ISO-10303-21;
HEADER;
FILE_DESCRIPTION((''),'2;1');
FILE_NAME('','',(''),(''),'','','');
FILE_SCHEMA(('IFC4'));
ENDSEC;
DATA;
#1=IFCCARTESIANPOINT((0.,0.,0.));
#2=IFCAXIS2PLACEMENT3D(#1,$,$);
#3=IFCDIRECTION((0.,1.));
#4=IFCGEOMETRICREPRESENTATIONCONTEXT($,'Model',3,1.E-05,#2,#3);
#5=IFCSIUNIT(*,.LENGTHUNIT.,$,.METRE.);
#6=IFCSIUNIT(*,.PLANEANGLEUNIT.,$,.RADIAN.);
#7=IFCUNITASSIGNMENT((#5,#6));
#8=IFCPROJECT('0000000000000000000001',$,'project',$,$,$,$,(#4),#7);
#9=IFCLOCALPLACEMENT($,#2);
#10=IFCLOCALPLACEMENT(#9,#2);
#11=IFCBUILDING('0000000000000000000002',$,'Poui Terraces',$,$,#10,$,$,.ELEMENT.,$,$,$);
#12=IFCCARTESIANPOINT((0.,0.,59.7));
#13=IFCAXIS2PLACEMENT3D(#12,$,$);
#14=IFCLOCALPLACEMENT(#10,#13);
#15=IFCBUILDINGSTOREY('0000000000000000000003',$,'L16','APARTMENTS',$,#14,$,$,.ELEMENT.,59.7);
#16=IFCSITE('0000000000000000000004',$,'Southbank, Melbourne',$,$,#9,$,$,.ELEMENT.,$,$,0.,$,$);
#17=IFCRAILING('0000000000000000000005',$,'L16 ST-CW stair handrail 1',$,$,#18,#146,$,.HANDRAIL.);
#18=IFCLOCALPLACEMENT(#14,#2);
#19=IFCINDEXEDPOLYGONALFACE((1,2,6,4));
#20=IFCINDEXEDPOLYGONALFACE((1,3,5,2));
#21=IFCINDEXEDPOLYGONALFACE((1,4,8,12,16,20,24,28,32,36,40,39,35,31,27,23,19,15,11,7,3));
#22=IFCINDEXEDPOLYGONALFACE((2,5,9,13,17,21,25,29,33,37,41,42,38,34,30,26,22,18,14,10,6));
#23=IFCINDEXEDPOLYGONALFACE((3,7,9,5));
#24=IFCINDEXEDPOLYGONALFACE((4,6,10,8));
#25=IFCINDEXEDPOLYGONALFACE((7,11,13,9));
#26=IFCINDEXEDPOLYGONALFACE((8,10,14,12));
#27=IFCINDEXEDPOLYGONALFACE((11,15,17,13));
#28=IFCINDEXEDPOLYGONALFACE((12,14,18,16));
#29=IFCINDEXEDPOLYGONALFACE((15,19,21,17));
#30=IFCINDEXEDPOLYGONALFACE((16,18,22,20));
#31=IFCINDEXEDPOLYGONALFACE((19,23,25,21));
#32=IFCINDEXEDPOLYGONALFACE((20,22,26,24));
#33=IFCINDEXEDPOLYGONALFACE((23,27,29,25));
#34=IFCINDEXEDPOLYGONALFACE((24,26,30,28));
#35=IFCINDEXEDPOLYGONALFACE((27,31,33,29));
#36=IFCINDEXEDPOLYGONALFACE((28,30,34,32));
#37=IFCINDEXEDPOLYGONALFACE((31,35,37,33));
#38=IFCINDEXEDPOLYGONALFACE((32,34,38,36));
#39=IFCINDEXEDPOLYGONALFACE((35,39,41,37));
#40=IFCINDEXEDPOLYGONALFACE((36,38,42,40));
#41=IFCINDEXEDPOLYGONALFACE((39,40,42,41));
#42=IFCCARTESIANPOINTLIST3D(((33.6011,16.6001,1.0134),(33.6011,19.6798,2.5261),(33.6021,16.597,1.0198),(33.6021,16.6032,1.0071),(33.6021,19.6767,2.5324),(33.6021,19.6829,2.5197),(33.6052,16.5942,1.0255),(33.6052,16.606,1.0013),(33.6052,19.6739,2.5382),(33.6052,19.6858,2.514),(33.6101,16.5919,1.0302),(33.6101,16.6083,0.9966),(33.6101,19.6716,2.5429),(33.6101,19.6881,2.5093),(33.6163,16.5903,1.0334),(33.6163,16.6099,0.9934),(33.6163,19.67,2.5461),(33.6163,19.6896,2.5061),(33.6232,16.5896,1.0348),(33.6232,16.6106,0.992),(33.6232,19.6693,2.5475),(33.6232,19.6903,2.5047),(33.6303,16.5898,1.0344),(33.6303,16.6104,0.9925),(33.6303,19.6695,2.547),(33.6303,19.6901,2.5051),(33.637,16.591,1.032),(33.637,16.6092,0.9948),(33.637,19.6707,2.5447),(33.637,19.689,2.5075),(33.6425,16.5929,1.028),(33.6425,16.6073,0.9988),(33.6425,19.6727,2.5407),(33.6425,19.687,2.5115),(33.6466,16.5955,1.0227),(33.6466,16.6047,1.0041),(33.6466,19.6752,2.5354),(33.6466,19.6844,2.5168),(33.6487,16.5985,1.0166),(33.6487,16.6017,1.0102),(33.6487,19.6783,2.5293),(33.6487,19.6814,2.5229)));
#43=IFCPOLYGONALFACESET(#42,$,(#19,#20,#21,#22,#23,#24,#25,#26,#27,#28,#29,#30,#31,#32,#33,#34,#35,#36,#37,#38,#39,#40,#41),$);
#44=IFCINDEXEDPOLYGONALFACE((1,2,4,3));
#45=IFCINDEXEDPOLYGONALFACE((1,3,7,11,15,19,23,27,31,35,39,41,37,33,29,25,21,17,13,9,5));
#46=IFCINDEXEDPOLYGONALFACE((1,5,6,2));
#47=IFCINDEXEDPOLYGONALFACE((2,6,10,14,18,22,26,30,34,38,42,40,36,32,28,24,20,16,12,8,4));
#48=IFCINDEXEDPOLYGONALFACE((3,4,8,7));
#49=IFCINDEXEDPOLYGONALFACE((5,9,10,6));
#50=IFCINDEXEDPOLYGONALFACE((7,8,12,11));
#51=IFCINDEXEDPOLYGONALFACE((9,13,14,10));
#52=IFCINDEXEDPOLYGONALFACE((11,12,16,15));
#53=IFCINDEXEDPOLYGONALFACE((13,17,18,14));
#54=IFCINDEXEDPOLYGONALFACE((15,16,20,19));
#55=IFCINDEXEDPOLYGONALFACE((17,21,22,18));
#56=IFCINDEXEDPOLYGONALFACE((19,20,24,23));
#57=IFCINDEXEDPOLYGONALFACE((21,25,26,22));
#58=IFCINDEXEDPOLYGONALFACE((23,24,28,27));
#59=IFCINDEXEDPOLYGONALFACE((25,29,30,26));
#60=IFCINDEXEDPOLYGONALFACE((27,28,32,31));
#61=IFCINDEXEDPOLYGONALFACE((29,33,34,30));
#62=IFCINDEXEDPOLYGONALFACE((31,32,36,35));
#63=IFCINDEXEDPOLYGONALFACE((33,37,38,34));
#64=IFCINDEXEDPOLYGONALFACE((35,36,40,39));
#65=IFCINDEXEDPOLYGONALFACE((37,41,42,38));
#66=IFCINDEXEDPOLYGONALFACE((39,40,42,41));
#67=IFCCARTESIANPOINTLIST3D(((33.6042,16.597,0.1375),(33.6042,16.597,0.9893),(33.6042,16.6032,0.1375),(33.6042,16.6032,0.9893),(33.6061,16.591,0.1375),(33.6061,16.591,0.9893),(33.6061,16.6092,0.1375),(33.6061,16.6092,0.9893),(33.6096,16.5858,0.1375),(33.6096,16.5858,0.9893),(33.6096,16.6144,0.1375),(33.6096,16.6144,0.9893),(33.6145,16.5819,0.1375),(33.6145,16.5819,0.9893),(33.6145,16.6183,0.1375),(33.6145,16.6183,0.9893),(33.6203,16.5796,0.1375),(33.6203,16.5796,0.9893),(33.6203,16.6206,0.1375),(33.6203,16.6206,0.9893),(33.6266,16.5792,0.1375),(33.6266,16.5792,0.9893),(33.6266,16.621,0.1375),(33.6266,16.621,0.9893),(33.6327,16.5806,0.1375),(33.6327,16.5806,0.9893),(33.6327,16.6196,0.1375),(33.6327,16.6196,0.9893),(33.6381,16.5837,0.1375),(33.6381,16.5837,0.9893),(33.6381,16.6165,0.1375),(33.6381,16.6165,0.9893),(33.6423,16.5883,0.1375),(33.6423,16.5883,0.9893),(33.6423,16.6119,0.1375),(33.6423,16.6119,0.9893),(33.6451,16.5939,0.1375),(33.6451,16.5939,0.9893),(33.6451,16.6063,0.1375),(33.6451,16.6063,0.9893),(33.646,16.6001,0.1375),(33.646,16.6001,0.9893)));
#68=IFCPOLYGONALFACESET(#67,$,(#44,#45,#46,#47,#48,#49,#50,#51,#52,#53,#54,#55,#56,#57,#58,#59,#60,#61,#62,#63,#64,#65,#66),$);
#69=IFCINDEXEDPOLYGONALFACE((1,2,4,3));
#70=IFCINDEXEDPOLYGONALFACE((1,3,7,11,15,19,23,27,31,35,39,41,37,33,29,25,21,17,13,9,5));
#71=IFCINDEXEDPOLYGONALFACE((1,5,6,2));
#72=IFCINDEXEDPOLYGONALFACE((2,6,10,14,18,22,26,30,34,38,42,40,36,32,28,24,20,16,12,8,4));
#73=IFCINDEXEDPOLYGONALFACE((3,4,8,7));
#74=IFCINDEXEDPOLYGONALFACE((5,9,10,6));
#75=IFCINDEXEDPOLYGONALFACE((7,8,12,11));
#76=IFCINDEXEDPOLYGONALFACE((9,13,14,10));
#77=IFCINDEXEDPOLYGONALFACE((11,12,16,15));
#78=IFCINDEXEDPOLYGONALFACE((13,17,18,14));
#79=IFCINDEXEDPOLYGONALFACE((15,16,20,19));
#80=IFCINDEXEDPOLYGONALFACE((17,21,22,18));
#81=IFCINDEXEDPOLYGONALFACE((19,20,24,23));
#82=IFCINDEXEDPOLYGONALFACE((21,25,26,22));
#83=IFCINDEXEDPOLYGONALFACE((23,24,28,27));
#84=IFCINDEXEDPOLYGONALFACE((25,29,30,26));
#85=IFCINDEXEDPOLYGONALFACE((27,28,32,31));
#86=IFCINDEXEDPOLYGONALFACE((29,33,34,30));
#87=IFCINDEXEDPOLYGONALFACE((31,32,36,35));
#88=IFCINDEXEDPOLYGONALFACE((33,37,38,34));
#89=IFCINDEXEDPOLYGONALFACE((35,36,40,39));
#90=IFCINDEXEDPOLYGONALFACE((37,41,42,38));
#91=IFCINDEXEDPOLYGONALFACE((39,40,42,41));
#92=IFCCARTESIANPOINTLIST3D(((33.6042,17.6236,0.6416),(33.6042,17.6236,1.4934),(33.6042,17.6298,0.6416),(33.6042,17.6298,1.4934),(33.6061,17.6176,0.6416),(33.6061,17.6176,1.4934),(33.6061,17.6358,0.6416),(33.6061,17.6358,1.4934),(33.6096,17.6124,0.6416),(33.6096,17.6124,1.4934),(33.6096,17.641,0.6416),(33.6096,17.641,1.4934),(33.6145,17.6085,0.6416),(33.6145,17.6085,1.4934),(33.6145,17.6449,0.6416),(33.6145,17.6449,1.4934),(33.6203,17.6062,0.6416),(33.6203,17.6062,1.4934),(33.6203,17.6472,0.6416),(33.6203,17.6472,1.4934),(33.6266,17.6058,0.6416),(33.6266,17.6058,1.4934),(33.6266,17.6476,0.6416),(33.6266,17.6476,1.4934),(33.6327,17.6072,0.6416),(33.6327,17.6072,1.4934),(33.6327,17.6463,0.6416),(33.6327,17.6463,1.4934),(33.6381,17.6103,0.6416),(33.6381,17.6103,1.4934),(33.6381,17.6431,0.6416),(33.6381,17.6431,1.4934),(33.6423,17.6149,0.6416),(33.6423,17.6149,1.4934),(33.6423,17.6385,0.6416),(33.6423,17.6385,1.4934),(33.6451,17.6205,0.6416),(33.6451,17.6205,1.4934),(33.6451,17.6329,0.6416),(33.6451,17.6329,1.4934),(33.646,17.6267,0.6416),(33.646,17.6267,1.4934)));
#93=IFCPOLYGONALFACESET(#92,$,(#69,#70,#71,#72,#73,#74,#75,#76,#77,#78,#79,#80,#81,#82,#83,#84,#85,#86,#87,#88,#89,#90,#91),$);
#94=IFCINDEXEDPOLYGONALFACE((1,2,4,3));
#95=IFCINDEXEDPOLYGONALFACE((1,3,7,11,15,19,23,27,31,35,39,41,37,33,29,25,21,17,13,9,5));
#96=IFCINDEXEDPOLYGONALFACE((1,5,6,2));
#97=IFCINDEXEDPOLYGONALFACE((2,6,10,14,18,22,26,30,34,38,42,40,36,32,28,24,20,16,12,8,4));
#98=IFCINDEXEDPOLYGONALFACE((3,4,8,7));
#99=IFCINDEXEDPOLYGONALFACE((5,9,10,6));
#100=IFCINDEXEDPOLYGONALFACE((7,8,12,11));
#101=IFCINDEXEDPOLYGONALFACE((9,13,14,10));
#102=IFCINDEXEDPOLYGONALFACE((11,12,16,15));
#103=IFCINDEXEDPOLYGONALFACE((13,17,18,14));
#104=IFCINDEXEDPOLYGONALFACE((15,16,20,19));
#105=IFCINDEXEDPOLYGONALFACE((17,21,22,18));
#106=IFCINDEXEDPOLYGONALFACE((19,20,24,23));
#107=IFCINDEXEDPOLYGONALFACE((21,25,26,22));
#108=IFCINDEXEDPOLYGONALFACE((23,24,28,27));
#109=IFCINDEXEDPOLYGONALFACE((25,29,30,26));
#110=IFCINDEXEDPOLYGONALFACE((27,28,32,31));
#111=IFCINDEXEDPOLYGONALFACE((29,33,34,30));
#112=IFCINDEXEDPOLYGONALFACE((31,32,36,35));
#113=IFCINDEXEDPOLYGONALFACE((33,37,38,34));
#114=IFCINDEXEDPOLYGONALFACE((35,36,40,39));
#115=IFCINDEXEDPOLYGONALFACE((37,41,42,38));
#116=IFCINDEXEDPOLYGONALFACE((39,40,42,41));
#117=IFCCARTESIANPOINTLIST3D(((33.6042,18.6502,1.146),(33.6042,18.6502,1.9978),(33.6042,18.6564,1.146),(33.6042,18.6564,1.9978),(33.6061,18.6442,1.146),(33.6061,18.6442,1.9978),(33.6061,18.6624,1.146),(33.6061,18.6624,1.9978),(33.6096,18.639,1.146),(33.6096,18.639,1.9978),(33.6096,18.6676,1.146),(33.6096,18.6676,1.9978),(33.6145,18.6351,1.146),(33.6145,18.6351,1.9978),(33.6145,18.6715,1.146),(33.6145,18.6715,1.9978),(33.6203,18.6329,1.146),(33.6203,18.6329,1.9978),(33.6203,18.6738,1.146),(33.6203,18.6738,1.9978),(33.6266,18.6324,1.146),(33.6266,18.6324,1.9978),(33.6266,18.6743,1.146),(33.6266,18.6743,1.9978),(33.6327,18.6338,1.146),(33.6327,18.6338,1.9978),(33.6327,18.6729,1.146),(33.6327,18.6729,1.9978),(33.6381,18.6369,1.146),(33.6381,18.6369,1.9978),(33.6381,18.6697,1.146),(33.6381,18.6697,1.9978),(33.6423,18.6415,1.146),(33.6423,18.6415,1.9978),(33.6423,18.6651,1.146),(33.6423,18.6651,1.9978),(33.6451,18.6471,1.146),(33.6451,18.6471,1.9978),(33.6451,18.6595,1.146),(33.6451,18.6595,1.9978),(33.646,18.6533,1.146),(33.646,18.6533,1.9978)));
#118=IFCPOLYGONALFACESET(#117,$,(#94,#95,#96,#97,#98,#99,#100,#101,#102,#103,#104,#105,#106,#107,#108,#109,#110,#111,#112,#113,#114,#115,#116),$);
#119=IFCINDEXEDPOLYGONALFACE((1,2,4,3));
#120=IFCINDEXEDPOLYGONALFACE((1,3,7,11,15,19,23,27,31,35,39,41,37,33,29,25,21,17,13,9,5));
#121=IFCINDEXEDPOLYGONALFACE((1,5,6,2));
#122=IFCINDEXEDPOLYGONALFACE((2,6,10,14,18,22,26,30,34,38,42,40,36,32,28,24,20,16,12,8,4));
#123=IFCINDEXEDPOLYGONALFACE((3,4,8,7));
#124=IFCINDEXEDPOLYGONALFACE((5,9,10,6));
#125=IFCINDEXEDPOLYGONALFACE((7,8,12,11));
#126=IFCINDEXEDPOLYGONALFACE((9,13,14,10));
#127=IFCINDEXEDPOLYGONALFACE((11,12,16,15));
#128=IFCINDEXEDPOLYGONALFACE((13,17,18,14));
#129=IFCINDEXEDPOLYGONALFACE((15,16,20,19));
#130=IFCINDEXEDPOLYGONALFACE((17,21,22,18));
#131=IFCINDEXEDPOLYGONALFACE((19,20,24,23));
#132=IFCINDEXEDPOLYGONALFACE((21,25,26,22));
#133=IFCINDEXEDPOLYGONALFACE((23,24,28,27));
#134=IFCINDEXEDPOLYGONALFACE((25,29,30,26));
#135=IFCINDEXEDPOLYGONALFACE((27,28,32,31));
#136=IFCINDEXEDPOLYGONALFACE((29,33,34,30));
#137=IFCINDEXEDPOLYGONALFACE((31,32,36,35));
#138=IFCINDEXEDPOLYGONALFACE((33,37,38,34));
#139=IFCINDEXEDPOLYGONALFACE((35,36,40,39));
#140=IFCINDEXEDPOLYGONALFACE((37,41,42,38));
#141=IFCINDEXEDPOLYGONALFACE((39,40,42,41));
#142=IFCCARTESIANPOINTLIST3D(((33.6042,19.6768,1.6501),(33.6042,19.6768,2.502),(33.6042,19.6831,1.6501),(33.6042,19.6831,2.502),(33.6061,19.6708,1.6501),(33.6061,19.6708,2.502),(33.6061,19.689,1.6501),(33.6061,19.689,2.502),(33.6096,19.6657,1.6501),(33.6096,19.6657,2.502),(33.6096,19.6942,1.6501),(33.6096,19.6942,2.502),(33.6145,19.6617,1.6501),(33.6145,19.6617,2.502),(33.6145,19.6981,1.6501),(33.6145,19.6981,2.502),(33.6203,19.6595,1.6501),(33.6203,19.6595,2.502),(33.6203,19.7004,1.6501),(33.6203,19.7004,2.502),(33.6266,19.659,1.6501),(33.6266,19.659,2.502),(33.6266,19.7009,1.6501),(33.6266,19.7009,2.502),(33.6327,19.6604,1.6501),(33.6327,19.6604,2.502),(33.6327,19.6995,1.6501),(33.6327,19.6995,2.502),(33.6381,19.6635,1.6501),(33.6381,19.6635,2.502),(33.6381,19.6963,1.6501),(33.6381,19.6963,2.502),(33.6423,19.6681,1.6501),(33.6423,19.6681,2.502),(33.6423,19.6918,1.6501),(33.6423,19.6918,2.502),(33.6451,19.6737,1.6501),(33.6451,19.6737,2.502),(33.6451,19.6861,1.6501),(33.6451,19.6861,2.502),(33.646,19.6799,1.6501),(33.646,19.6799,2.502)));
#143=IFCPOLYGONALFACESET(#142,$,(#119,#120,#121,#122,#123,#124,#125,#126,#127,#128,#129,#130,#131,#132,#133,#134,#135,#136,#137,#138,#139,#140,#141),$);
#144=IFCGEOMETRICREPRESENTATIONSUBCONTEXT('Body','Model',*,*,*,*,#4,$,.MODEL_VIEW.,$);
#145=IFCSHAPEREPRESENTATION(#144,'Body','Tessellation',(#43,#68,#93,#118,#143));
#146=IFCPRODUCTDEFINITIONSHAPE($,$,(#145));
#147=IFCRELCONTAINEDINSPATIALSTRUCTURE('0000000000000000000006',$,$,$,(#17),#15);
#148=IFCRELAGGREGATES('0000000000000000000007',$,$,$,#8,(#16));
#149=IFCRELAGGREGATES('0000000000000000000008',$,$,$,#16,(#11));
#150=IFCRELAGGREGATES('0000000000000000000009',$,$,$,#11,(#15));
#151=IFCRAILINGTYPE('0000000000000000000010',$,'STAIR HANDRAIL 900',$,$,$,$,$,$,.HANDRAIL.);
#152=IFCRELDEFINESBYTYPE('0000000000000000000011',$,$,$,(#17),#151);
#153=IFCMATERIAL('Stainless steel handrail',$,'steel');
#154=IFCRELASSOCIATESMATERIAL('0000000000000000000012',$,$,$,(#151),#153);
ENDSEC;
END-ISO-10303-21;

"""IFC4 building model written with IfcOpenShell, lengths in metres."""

from ifc_helpers import new_model, si_unit, direction, frame, origin, origin_2d, place, context, subcontext, project, spatial, circle, extrude, material, type_object, element, save


model = new_model("IFC4")

# Units and contexts
model_context = context("Model", 3, precision=1e-05, world=origin(), true_north=direction((0.0, 1.0)))
body_context = subcontext(model_context, "Body", "Model", "MODEL_VIEW")
ifc_project = project(units=[si_unit("LENGTHUNIT", "METRE"), si_unit("PLANEANGLEUNIT", "RADIAN")], contexts=[model_context])

# Site, building, storey
site_placement = place(None, origin())
site = spatial("IfcSite", under=ifc_project, at=site_placement, Name="Southbank, Melbourne", CompositionType="ELEMENT", RefElevation=0.0)
building_placement = place(site_placement, origin())
building = spatial("IfcBuilding", under=site, at=building_placement, Name="Poui Terraces", CompositionType="ELEMENT")
storey_placement = place(building_placement, frame((0.0, 0.0, 59.7)))
storey = spatial("IfcBuildingStorey", under=building, at=storey_placement, Name="L16", Description="APARTMENTS", CompositionType="ELEMENT", Elevation=59.7)

# Railing
ifc_material_1 = material(Name="Stainless steel handrail", Category="steel")
railing_type_1 = type_object("IfcRailingType", Name="STAIR HANDRAIL 900", PredefinedType="HANDRAIL", material=ifc_material_1)
railing_1_placement = place(storey_placement, frame((33.625, 16.6001, 0.1375)))
element("IfcRailing", 1, at=railing_1_placement, inside=storey, type_object=railing_type_1, Name="L16 ST-CW stair handrail 1", PredefinedType="HANDRAIL", context=body_context, shape_type="SweptSolid", body=[
    extrude(circle(Radius=0.0239, at=origin_2d()), frame((0.0, 0.0, 0.876), z_axis=(0.0, 0.897578, 0.440856), x_axis=(-1.0, 0.0, 0.0)), (0.0, 0.0, 1.0), 3.4312),
    extrude(circle(Radius=0.021, at=origin_2d()), origin(), (0.0, 0.0, 1.0), 0.8518),
    extrude(circle(Radius=0.021, at=origin_2d()), frame((0.0, 1.0266, 0.5042)), (0.0, 0.0, 1.0), 0.8518),
    extrude(circle(Radius=0.021, at=origin_2d()), frame((0.0, 2.0532, 1.0085)), (0.0, 0.0, 1.0), 0.8518),
    extrude(circle(Radius=0.021, at=origin_2d()), frame((0.0, 3.0798, 1.5127)), (0.0, 0.0, 1.0), 0.8518),
])

save(model, "model.ifc")
